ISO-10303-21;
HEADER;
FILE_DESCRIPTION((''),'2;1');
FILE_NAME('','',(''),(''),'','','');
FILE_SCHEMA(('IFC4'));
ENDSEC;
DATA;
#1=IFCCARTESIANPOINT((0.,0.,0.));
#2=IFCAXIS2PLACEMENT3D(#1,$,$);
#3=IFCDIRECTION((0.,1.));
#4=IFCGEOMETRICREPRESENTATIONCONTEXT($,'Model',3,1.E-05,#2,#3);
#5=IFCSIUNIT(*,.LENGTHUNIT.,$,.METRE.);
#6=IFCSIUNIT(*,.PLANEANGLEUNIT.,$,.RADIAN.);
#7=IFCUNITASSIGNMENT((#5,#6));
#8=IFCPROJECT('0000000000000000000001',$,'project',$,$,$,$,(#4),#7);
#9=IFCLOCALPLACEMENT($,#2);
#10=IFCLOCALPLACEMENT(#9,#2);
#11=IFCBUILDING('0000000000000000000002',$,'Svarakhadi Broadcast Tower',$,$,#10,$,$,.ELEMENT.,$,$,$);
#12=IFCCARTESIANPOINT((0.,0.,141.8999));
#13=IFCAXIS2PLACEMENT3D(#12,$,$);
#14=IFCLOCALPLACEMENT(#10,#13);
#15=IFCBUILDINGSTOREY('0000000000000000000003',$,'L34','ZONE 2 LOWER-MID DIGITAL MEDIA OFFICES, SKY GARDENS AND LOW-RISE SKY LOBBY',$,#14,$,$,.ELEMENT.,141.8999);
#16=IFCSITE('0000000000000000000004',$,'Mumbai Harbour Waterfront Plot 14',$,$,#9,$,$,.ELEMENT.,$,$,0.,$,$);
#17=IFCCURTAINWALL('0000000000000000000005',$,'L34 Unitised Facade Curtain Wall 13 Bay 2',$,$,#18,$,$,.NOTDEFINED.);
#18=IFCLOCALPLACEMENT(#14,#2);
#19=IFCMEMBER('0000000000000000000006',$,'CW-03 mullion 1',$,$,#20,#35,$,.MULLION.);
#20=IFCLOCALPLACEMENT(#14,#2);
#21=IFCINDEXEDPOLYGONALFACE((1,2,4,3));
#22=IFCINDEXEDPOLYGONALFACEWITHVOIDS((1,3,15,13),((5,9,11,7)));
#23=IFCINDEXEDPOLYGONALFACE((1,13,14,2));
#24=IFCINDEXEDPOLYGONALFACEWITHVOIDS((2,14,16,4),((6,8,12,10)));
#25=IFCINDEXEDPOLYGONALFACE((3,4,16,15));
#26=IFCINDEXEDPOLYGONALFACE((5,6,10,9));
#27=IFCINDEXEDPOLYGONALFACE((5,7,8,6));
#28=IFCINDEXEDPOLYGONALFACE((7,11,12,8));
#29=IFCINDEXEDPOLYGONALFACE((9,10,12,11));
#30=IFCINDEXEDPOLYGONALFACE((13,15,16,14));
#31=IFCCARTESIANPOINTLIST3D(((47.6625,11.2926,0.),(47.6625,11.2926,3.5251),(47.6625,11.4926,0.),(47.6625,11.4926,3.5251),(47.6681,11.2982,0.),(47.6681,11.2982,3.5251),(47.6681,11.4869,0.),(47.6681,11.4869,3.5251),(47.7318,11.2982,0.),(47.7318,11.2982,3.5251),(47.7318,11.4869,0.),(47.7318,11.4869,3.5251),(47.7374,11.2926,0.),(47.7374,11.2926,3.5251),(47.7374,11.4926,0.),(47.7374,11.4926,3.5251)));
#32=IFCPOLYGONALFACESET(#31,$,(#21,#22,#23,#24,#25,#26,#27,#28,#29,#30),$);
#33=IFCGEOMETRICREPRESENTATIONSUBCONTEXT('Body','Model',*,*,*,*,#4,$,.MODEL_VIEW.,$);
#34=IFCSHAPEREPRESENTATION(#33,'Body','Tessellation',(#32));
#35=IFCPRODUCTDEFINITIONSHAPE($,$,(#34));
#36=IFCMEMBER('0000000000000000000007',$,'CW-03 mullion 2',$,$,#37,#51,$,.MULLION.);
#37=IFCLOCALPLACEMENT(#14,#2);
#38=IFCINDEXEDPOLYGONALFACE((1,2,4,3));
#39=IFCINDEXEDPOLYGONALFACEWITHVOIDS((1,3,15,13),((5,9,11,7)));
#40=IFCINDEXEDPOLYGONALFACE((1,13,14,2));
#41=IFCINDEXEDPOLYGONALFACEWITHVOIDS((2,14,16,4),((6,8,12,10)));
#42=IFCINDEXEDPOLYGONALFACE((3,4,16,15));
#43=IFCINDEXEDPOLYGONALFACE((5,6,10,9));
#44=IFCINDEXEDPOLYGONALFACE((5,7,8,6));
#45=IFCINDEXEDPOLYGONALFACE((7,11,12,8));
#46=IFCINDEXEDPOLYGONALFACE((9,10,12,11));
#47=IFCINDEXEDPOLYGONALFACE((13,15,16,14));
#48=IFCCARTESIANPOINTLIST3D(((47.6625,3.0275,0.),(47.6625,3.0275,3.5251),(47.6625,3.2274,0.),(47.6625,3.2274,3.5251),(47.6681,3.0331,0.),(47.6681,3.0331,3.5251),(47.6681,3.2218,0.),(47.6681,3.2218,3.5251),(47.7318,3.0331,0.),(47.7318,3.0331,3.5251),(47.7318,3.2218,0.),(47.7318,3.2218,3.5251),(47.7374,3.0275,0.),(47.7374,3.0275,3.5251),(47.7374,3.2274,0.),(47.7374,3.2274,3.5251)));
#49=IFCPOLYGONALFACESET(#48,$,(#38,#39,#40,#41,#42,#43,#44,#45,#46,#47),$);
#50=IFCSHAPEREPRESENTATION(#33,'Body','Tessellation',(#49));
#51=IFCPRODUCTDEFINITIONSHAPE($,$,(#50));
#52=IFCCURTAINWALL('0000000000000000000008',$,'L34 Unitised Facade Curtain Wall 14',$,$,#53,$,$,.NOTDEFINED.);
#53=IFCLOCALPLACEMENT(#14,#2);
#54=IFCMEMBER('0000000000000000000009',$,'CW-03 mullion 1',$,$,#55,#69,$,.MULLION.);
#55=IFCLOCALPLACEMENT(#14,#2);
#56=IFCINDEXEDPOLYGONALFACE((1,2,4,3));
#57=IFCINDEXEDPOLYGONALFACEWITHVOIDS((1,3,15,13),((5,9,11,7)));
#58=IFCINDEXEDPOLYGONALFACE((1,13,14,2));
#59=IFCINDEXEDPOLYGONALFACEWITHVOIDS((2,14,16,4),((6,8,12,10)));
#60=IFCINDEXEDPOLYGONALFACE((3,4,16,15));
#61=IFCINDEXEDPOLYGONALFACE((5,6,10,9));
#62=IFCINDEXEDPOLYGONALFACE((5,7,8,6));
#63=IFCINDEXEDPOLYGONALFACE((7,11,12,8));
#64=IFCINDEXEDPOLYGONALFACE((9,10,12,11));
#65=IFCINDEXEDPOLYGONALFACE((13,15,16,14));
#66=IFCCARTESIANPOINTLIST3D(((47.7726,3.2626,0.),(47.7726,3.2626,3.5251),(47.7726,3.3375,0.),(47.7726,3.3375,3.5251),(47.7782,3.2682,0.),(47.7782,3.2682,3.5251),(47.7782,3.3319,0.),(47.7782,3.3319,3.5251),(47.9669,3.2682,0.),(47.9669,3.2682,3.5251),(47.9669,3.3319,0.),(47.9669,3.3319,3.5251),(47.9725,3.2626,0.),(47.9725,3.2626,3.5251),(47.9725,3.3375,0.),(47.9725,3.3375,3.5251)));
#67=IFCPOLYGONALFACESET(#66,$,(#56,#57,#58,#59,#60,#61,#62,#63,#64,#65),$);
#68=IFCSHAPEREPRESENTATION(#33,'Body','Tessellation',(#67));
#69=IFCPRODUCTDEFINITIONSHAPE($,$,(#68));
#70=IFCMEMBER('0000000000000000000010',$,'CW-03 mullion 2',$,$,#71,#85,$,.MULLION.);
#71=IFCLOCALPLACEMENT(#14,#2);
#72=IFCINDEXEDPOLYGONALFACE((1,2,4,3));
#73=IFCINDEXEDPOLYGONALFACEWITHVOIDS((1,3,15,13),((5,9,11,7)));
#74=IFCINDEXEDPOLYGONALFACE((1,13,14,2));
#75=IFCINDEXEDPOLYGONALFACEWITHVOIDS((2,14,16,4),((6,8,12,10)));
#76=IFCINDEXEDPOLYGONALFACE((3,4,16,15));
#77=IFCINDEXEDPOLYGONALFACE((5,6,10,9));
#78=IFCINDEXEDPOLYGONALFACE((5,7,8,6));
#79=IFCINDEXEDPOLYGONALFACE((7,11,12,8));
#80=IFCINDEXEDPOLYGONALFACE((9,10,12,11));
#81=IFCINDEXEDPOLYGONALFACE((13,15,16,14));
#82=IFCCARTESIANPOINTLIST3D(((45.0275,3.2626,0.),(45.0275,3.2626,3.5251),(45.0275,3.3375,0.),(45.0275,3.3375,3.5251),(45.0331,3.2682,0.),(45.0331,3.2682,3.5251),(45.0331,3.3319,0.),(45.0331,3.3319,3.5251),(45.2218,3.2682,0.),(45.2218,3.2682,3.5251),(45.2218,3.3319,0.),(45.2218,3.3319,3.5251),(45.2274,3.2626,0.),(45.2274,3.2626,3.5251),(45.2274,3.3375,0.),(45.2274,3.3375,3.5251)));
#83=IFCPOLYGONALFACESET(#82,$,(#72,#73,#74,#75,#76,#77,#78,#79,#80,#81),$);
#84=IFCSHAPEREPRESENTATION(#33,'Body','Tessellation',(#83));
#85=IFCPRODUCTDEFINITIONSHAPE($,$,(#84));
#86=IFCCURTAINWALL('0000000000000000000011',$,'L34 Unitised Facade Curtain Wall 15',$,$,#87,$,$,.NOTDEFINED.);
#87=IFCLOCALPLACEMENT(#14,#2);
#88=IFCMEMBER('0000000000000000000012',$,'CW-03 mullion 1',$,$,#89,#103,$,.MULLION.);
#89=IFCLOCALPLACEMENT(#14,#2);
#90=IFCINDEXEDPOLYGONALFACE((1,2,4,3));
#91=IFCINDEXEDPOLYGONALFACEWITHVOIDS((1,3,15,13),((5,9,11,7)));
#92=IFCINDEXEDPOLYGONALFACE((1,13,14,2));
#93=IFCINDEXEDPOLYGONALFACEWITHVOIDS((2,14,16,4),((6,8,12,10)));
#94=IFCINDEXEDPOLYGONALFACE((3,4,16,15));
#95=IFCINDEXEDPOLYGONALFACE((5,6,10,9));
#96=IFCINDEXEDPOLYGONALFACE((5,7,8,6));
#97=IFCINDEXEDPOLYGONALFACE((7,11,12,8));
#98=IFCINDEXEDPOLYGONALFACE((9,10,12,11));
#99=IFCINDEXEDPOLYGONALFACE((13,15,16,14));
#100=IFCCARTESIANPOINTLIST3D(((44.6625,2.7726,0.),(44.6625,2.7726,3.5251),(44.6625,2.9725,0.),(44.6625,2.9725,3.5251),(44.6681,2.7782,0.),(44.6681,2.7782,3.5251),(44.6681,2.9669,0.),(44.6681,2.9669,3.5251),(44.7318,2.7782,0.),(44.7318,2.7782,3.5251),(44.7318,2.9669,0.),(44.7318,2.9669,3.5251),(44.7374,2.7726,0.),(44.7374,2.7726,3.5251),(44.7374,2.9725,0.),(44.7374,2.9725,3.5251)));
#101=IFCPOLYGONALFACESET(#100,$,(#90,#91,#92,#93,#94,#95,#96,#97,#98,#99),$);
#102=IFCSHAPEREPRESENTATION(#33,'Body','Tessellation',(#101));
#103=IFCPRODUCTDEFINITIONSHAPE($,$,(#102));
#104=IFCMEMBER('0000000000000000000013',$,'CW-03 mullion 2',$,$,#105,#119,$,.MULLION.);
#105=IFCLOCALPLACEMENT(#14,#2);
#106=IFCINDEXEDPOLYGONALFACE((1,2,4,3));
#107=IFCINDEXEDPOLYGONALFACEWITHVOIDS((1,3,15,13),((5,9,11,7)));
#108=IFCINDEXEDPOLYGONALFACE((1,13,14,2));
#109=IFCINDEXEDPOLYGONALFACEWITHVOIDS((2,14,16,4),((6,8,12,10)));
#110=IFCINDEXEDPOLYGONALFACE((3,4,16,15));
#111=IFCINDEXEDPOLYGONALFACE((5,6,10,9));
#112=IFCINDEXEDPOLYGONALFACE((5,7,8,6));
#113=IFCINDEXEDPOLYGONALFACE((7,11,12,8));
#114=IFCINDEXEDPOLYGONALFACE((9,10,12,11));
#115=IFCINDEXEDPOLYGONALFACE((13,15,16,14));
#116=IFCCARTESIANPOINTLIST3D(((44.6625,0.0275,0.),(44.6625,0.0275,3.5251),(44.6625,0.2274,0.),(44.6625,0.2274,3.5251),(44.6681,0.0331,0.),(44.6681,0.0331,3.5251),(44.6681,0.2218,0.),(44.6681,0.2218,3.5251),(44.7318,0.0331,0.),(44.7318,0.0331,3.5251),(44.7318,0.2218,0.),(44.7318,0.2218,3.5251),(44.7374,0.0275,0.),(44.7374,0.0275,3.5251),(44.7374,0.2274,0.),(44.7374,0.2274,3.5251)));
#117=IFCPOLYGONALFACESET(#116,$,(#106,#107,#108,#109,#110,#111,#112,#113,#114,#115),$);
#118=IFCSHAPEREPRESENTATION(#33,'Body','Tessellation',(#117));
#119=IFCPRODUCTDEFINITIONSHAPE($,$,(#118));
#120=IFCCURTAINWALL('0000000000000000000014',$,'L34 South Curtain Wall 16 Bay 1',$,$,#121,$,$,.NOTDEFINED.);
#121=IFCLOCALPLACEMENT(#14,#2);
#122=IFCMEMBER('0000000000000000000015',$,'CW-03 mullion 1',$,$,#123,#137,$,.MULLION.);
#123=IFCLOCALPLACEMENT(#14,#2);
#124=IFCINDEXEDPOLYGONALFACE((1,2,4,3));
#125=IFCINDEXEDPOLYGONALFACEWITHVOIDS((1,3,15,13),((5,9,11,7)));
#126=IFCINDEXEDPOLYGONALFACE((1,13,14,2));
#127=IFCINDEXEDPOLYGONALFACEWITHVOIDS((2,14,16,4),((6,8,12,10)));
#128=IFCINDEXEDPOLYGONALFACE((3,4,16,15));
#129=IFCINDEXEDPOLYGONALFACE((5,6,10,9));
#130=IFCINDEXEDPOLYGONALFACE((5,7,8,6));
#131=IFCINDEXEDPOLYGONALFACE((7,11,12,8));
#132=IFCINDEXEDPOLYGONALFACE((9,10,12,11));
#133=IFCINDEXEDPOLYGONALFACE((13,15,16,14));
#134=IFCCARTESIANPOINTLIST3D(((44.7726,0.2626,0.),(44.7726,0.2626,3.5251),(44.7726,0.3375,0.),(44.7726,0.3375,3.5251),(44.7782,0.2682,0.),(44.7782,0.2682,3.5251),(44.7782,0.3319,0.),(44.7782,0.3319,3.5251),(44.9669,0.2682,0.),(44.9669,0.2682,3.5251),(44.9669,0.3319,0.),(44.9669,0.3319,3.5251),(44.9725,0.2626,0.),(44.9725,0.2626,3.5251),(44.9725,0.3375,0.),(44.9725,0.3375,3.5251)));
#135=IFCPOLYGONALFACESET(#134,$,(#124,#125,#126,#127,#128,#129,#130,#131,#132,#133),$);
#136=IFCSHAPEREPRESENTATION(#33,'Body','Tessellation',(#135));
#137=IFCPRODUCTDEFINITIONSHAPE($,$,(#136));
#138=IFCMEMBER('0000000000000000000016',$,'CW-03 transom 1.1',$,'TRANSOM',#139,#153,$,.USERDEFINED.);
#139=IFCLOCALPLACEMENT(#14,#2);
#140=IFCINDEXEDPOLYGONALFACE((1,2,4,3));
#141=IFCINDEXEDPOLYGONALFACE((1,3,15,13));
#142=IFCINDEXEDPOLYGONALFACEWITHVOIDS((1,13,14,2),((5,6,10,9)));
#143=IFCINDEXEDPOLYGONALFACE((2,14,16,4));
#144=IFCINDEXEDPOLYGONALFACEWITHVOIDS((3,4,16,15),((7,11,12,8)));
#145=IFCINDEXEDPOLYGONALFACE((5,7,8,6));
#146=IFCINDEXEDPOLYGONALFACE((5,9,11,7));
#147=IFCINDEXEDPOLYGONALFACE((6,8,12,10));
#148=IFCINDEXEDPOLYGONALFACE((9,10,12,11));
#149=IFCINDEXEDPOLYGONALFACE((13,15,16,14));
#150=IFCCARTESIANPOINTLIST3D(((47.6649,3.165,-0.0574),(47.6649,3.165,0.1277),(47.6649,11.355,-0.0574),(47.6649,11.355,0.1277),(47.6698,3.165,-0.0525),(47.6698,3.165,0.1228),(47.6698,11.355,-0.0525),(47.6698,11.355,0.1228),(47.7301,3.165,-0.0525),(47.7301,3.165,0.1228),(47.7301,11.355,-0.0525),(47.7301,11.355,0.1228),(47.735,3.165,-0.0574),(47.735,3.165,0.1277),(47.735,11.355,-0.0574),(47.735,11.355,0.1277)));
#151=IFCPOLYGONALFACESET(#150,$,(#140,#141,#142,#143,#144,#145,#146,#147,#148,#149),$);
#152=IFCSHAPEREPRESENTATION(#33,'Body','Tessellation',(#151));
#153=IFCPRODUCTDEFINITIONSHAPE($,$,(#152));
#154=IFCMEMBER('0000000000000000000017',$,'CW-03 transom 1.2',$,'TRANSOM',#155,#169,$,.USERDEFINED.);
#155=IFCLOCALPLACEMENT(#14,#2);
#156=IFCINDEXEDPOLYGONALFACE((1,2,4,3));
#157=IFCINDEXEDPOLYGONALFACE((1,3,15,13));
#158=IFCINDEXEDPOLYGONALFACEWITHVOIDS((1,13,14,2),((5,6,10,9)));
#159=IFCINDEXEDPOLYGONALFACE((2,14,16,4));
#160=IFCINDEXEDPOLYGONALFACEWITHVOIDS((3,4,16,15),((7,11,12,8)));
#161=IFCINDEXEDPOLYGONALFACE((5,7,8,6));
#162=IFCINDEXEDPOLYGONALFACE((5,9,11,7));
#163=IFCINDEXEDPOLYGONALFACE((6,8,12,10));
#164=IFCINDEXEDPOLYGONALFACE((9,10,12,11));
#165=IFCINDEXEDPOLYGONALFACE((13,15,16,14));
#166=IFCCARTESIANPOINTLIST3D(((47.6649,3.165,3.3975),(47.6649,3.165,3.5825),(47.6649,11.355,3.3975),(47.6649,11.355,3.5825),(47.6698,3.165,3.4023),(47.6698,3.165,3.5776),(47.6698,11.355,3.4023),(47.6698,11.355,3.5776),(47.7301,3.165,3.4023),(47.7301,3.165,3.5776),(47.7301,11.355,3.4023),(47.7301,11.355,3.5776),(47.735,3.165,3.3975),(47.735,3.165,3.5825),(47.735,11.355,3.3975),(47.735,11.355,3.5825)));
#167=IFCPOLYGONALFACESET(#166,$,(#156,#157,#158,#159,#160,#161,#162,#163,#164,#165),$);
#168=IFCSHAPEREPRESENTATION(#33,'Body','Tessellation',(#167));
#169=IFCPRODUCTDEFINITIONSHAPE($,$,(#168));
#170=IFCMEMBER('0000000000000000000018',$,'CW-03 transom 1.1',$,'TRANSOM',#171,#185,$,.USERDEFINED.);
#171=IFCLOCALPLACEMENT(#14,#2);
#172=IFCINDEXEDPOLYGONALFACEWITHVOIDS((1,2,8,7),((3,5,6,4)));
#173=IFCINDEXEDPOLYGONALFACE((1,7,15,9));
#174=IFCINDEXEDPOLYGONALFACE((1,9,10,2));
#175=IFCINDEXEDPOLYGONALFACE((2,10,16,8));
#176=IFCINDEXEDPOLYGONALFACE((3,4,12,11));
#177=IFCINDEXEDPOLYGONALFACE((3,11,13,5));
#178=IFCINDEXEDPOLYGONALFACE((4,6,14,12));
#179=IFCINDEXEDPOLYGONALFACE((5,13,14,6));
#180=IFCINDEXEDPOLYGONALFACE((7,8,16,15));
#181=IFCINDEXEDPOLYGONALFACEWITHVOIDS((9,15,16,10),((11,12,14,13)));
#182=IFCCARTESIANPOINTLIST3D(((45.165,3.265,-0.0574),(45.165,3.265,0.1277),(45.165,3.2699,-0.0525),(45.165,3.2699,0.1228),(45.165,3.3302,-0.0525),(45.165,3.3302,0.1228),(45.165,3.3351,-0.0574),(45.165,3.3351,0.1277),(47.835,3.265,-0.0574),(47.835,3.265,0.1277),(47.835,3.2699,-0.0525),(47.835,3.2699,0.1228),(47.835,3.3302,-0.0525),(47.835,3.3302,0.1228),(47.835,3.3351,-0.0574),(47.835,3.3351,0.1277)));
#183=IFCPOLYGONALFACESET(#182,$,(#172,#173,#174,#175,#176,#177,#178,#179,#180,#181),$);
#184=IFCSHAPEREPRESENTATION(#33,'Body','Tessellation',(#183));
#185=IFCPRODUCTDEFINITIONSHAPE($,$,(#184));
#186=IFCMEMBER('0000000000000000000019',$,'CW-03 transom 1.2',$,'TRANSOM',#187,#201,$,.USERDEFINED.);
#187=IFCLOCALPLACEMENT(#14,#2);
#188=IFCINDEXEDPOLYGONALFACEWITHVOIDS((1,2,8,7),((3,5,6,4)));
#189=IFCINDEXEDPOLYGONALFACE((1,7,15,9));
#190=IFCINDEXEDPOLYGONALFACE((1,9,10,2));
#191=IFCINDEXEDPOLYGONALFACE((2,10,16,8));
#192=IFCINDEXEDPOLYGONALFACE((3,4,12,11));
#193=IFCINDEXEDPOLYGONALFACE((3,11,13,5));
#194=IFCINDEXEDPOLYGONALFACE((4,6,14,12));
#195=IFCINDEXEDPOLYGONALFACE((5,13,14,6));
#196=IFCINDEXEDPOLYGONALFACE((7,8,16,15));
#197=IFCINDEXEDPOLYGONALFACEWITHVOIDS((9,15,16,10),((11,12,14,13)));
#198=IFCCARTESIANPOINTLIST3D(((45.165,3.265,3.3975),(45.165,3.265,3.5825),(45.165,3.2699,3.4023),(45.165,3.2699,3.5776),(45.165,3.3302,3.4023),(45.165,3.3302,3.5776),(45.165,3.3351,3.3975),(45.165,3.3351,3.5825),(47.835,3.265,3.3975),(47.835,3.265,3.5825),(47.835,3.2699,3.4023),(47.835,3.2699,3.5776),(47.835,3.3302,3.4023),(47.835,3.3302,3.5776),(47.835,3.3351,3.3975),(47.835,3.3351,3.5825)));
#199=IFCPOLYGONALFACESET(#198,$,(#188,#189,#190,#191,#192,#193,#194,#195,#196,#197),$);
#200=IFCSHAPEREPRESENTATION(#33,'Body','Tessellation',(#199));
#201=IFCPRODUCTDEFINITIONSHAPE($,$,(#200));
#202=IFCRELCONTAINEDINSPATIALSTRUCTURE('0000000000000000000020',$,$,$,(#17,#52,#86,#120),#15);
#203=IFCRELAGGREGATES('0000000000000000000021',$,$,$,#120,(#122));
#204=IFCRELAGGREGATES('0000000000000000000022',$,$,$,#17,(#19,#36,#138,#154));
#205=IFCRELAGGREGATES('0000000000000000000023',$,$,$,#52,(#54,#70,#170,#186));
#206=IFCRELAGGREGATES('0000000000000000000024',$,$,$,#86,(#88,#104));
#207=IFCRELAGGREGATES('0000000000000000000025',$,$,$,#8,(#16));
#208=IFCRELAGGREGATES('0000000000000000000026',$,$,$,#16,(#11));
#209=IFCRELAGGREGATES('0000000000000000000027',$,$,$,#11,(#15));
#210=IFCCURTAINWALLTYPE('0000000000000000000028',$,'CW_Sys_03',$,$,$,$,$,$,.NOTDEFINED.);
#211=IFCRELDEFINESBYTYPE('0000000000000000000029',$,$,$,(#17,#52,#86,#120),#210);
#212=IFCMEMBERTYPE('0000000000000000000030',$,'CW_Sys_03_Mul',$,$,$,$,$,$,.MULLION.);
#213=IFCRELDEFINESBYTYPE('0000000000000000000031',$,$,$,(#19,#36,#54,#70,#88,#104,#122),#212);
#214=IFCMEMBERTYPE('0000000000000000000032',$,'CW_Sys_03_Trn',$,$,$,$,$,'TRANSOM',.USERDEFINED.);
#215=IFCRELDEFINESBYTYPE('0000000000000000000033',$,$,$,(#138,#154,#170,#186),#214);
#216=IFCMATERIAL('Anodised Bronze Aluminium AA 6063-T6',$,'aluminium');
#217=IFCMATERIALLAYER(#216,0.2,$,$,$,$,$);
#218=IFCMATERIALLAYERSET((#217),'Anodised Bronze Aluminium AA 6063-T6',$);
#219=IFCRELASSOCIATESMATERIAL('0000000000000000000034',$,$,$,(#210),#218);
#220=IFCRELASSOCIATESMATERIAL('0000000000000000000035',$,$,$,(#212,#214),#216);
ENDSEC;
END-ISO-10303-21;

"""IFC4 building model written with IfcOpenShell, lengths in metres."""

from ifc_helpers import new_model, si_unit, direction, frame, origin, origin_2d, place, context, subcontext, project, spatial, hollow_rectangle, extrude, material, layer, layer_set, material_profile, profile_set, type_object, element, aggregate, save


model = new_model("IFC4")

# Units and contexts
model_context = context("Model", 3, precision=1e-05, world=origin(), true_north=direction((0.0, 1.0)))
body_context = subcontext(model_context, "Body", "Model", "MODEL_VIEW")
ifc_project = project(units=[si_unit("LENGTHUNIT", "METRE"), si_unit("PLANEANGLEUNIT", "RADIAN")], contexts=[model_context])

# Site, building, storey
site_placement = place(None, origin())
site = spatial("IfcSite", under=ifc_project, at=site_placement, Name="Mumbai Harbour Waterfront Plot 14", CompositionType="ELEMENT", RefElevation=0.0)
building_placement = place(site_placement, origin())
building = spatial("IfcBuilding", under=site, at=building_placement, Name="Svarakhadi Broadcast Tower", CompositionType="ELEMENT")
storey_placement = place(building_placement, frame((0.0, 0.0, 141.8999)))
storey = spatial("IfcBuildingStorey", under=building, at=storey_placement, Name="L34", Description="ZONE 2 LOWER-MID DIGITAL MEDIA OFFICES, SKY GARDENS AND LOW-RISE SKY LOBBY", CompositionType="ELEMENT", Elevation=141.8999)

# Curtain walls, members
ifc_material_1 = material(Name="Anodised Bronze Aluminium AA 6063-T6", Category="aluminium")
ifc_layer_1 = layer(ifc_material_1, 0.2)
ifc_layer_set_1 = layer_set([ifc_layer_1], Name="Anodised Bronze Aluminium AA 6063-T6")
curtain_wall_type = type_object("IfcCurtainWallType", Name="CW_Sys_03", PredefinedType="NOTDEFINED", material=ifc_layer_set_1)
curtain_wall_1_placement = place(storey_placement, origin())
curtain_wall_1 = element("IfcCurtainWall", 1, at=curtain_wall_1_placement, inside=storey, type_object=curtain_wall_type, Name="L34 Unitised Facade Curtain Wall 13 Bay 2", PredefinedType="NOTDEFINED")
ifc_material_profile_1 = material_profile(ifc_material_1, hollow_rectangle(XDim=0.075, YDim=0.2, WallThickness=0.0056, at=origin_2d()), Name="ALU MULLION 200x75x6")
ifc_profile_set_1 = profile_set([ifc_material_profile_1], Name="Anodised Bronze Aluminium AA 6063-T6")
member_type_1 = type_object("IfcMemberType", Name="CW_Sys_03_Mul", PredefinedType="MULLION", material=ifc_profile_set_1)
member_1_placement = place(storey_placement, frame((47.7, 11.3926, 0.0), z_axis=(0.0, 0.0, 1.0), x_axis=(1.0, 0.0, 0.0)))
member_1 = element("IfcMember", 2, at=member_1_placement, type_object=member_type_1, Name="CW-03 mullion 1", PredefinedType="MULLION", context=body_context, shape_type="SweptSolid", body=[
    extrude(hollow_rectangle(XDim=0.075, YDim=0.2, WallThickness=0.0056, at=origin_2d()), origin(), (0.0, 0.0, 1.0), 3.5251),
])
member_2_placement = place(storey_placement, frame((47.7, 3.1274, 0.0), z_axis=(0.0, 0.0, 1.0), x_axis=(1.0, 0.0, 0.0)))
member_2 = element("IfcMember", 3, at=member_2_placement, type_object=member_type_1, Name="CW-03 mullion 2", PredefinedType="MULLION", context=body_context, shape_type="SweptSolid", body=[
    extrude(hollow_rectangle(XDim=0.075, YDim=0.2, WallThickness=0.0056, at=origin_2d()), origin(), (0.0, 0.0, 1.0), 3.5251),
])
curtain_wall_2_placement = place(storey_placement, origin())
curtain_wall_2 = element("IfcCurtainWall", 4, at=curtain_wall_2_placement, inside=storey, type_object=curtain_wall_type, Name="L34 Unitised Facade Curtain Wall 14", PredefinedType="NOTDEFINED")
member_3_placement = place(storey_placement, frame((47.8726, 3.3, 0.0), z_axis=(0.0, 0.0, 1.0), x_axis=(0.0, -1.0, 0.0)))
member_3 = element("IfcMember", 5, at=member_3_placement, type_object=member_type_1, Name="CW-03 mullion 1", PredefinedType="MULLION", context=body_context, shape_type="SweptSolid", body=[
    extrude(hollow_rectangle(XDim=0.075, YDim=0.2, WallThickness=0.0056, at=origin_2d()), origin(), (0.0, 0.0, 1.0), 3.5251),
])
member_4_placement = place(storey_placement, frame((45.1274, 3.3, 0.0), z_axis=(0.0, 0.0, 1.0), x_axis=(0.0, -1.0, 0.0)))
member_4 = element("IfcMember", 6, at=member_4_placement, type_object=member_type_1, Name="CW-03 mullion 2", PredefinedType="MULLION", context=body_context, shape_type="SweptSolid", body=[
    extrude(hollow_rectangle(XDim=0.075, YDim=0.2, WallThickness=0.0056, at=origin_2d()), origin(), (0.0, 0.0, 1.0), 3.5251),
])
curtain_wall_3_placement = place(storey_placement, origin())
curtain_wall_3 = element("IfcCurtainWall", 7, at=curtain_wall_3_placement, inside=storey, type_object=curtain_wall_type, Name="L34 Unitised Facade Curtain Wall 15", PredefinedType="NOTDEFINED")
member_5_placement = place(storey_placement, frame((44.7, 2.8726, 0.0), z_axis=(0.0, 0.0, 1.0), x_axis=(1.0, 0.0, 0.0)))
member_5 = element("IfcMember", 8, at=member_5_placement, type_object=member_type_1, Name="CW-03 mullion 1", PredefinedType="MULLION", context=body_context, shape_type="SweptSolid", body=[
    extrude(hollow_rectangle(XDim=0.075, YDim=0.2, WallThickness=0.0056, at=origin_2d()), origin(), (0.0, 0.0, 1.0), 3.5251),
])
member_6_placement = place(storey_placement, frame((44.7, 0.1274, 0.0), z_axis=(0.0, 0.0, 1.0), x_axis=(1.0, 0.0, 0.0)))
member_6 = element("IfcMember", 9, at=member_6_placement, type_object=member_type_1, Name="CW-03 mullion 2", PredefinedType="MULLION", context=body_context, shape_type="SweptSolid", body=[
    extrude(hollow_rectangle(XDim=0.075, YDim=0.2, WallThickness=0.0056, at=origin_2d()), origin(), (0.0, 0.0, 1.0), 3.5251),
])

# Curtain wall, member
curtain_wall_4_placement = place(storey_placement, origin())
curtain_wall_4 = element("IfcCurtainWall", 10, at=curtain_wall_4_placement, inside=storey, type_object=curtain_wall_type, Name="L34 South Curtain Wall 16 Bay 1", PredefinedType="NOTDEFINED")
member_7_placement = place(storey_placement, frame((44.8726, 0.3, 0.0), z_axis=(0.0, 0.0, 1.0), x_axis=(0.0, -1.0, 0.0)))
member_7 = element("IfcMember", 11, at=member_7_placement, type_object=member_type_1, Name="CW-03 mullion 1", PredefinedType="MULLION", context=body_context, shape_type="SweptSolid", body=[
    extrude(hollow_rectangle(XDim=0.075, YDim=0.2, WallThickness=0.0056, at=origin_2d()), origin(), (0.0, 0.0, 1.0), 3.5251),
])

# Members
ifc_material_profile_2 = material_profile(ifc_material_1, hollow_rectangle(XDim=0.0701, YDim=0.1851, WallThickness=0.0049, at=origin_2d()), Name="ALU TRANSOM 185x70x5")
ifc_profile_set_2 = profile_set([ifc_material_profile_2], Name="Anodised Bronze Aluminium AA 6063-T6")
member_type_2 = type_object("IfcMemberType", Name="CW_Sys_03_Trn", ElementType="TRANSOM", PredefinedType="USERDEFINED", material=ifc_profile_set_2)
member_8_placement = place(storey_placement, frame((47.7, 11.355, 0.0352), z_axis=(0.0, -1.0, 0.0), x_axis=(1.0, 0.0, 0.0)))
member_8 = element("IfcMember", 12, at=member_8_placement, type_object=member_type_2, Name="CW-03 transom 1.1", ObjectType="TRANSOM", PredefinedType="USERDEFINED", context=body_context, shape_type="SweptSolid", body=[
    extrude(hollow_rectangle(XDim=0.0701, YDim=0.1851, WallThickness=0.0049, at=origin_2d()), origin(), (0.0, 0.0, 1.0), 8.1899),
])
member_9_placement = place(storey_placement, frame((47.7, 11.355, 3.49), z_axis=(0.0, -1.0, 0.0), x_axis=(1.0, 0.0, 0.0)))
member_9 = element("IfcMember", 13, at=member_9_placement, type_object=member_type_2, Name="CW-03 transom 1.2", ObjectType="TRANSOM", PredefinedType="USERDEFINED", context=body_context, shape_type="SweptSolid", body=[
    extrude(hollow_rectangle(XDim=0.0701, YDim=0.1851, WallThickness=0.0049, at=origin_2d()), origin(), (0.0, 0.0, 1.0), 8.1899),
])
member_10_placement = place(storey_placement, frame((47.835, 3.3, 0.0352), z_axis=(-1.0, 0.0, 0.0), x_axis=(0.0, -1.0, 0.0)))
member_10 = element("IfcMember", 14, at=member_10_placement, type_object=member_type_2, Name="CW-03 transom 1.1", ObjectType="TRANSOM", PredefinedType="USERDEFINED", context=body_context, shape_type="SweptSolid", body=[
    extrude(hollow_rectangle(XDim=0.0701, YDim=0.1851, WallThickness=0.0049, at=origin_2d()), origin(), (0.0, 0.0, 1.0), 2.6699),
])
member_11_placement = place(storey_placement, frame((47.835, 3.3, 3.49), z_axis=(-1.0, 0.0, 0.0), x_axis=(0.0, -1.0, 0.0)))
member_11 = element("IfcMember", 15, at=member_11_placement, type_object=member_type_2, Name="CW-03 transom 1.2", ObjectType="TRANSOM", PredefinedType="USERDEFINED", context=body_context, shape_type="SweptSolid", body=[
    extrude(hollow_rectangle(XDim=0.0701, YDim=0.1851, WallThickness=0.0049, at=origin_2d()), origin(), (0.0, 0.0, 1.0), 2.6699),
])
aggregate(curtain_wall_4, [member_7])

aggregate(curtain_wall_1, [member_1, member_2, member_8, member_9])
aggregate(curtain_wall_2, [member_3, member_4, member_10, member_11])
aggregate(curtain_wall_3, [member_5, member_6])

save(model, "model.ifc")
